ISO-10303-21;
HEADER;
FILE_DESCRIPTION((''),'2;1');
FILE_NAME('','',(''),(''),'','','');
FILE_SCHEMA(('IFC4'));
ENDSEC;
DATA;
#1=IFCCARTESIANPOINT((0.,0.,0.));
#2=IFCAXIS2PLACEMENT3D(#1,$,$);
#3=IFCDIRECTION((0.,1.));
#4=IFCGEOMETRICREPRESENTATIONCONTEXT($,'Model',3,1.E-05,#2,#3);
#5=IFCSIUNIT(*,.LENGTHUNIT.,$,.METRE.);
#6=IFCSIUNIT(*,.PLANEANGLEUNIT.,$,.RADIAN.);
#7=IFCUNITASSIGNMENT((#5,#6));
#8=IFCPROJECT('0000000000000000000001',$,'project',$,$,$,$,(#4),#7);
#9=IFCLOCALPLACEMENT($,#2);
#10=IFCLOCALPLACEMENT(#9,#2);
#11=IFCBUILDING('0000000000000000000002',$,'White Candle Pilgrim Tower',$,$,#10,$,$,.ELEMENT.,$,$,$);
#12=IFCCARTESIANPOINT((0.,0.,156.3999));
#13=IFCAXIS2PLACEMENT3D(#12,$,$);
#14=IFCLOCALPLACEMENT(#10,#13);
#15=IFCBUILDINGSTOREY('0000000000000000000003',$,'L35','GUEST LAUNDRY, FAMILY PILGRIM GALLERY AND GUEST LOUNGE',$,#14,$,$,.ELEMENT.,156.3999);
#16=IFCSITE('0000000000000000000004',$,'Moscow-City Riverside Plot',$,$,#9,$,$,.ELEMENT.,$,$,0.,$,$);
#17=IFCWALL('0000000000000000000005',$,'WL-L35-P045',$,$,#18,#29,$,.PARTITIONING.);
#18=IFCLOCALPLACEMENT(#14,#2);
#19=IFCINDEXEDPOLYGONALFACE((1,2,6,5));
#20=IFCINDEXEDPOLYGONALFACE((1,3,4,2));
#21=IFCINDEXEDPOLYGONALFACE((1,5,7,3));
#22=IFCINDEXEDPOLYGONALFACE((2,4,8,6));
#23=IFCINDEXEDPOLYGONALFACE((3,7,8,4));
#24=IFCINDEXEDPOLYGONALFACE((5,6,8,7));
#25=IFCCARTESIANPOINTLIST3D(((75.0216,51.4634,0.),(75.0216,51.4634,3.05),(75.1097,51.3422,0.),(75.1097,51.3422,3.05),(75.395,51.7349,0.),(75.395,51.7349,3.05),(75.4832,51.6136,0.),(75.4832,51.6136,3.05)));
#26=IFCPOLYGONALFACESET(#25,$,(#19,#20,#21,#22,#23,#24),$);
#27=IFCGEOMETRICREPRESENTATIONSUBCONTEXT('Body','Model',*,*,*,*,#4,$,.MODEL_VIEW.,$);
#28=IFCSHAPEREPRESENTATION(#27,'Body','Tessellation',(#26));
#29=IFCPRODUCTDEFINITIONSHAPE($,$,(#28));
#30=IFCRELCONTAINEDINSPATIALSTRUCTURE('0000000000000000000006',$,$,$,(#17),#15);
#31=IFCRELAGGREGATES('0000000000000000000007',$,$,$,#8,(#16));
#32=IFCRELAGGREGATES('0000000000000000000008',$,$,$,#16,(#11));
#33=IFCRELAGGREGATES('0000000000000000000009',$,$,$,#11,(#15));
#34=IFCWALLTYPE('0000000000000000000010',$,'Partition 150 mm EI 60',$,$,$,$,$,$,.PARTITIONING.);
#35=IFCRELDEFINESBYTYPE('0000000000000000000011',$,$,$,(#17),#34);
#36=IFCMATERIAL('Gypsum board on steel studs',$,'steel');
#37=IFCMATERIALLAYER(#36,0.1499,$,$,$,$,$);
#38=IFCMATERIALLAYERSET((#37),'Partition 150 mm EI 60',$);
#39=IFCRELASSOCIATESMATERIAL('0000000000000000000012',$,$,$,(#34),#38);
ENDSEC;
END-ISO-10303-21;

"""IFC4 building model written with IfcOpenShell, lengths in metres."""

from ifc_helpers import new_model, si_unit, direction, frame, frame_2d, origin, place, context, subcontext, project, spatial, rectangle, extrude, material, layer, layer_set, type_object, element, save


model = new_model("IFC4")

# Units and contexts
model_context = context("Model", 3, precision=1e-05, world=origin(), true_north=direction((0.0, 1.0)))
body_context = subcontext(model_context, "Body", "Model", "MODEL_VIEW")
ifc_project = project(units=[si_unit("LENGTHUNIT", "METRE"), si_unit("PLANEANGLEUNIT", "RADIAN")], contexts=[model_context])

# Site, building, storey
site_placement = place(None, origin())
site = spatial("IfcSite", under=ifc_project, at=site_placement, Name="Moscow-City Riverside Plot", CompositionType="ELEMENT", RefElevation=0.0)
building_placement = place(site_placement, origin())
building = spatial("IfcBuilding", under=site, at=building_placement, Name="White Candle Pilgrim Tower", CompositionType="ELEMENT")
storey_placement = place(building_placement, frame((0.0, 0.0, 156.3999)))
storey = spatial("IfcBuildingStorey", under=building, at=storey_placement, Name="L35", Description="GUEST LAUNDRY, FAMILY PILGRIM GALLERY AND GUEST LOUNGE", CompositionType="ELEMENT", Elevation=156.3999)

# Shared definitions
ifc_material_1 = material(Name="Gypsum board on steel studs", Category="steel")

# Wall
ifc_layer_1 = layer(ifc_material_1, 0.1499)
ifc_layer_set_1 = layer_set([ifc_layer_1], Name="Partition 150 mm EI 60")
wall_type_1 = type_object("IfcWallType", Name="Partition 150 mm EI 60", PredefinedType="PARTITIONING", material=ifc_layer_set_1)
wall_1_placement = place(storey_placement, frame((75.4392, 51.6743, 0.0), z_axis=(0.0, 0.0, 1.0), x_axis=(-0.808919, -0.58792, 0.0)))
element("IfcWall", 1, at=wall_1_placement, inside=storey, type_object=wall_type_1, Name="WL-L35-P045", PredefinedType="PARTITIONING", context=body_context, shape_type="SweptSolid", body=[
    extrude(rectangle(XDim=0.4617, YDim=0.1499, at=frame_2d((0.231, 0.0))), origin(), (0.0, 0.0, 1.0), 3.05),
])

save(model, "model.ifc")
